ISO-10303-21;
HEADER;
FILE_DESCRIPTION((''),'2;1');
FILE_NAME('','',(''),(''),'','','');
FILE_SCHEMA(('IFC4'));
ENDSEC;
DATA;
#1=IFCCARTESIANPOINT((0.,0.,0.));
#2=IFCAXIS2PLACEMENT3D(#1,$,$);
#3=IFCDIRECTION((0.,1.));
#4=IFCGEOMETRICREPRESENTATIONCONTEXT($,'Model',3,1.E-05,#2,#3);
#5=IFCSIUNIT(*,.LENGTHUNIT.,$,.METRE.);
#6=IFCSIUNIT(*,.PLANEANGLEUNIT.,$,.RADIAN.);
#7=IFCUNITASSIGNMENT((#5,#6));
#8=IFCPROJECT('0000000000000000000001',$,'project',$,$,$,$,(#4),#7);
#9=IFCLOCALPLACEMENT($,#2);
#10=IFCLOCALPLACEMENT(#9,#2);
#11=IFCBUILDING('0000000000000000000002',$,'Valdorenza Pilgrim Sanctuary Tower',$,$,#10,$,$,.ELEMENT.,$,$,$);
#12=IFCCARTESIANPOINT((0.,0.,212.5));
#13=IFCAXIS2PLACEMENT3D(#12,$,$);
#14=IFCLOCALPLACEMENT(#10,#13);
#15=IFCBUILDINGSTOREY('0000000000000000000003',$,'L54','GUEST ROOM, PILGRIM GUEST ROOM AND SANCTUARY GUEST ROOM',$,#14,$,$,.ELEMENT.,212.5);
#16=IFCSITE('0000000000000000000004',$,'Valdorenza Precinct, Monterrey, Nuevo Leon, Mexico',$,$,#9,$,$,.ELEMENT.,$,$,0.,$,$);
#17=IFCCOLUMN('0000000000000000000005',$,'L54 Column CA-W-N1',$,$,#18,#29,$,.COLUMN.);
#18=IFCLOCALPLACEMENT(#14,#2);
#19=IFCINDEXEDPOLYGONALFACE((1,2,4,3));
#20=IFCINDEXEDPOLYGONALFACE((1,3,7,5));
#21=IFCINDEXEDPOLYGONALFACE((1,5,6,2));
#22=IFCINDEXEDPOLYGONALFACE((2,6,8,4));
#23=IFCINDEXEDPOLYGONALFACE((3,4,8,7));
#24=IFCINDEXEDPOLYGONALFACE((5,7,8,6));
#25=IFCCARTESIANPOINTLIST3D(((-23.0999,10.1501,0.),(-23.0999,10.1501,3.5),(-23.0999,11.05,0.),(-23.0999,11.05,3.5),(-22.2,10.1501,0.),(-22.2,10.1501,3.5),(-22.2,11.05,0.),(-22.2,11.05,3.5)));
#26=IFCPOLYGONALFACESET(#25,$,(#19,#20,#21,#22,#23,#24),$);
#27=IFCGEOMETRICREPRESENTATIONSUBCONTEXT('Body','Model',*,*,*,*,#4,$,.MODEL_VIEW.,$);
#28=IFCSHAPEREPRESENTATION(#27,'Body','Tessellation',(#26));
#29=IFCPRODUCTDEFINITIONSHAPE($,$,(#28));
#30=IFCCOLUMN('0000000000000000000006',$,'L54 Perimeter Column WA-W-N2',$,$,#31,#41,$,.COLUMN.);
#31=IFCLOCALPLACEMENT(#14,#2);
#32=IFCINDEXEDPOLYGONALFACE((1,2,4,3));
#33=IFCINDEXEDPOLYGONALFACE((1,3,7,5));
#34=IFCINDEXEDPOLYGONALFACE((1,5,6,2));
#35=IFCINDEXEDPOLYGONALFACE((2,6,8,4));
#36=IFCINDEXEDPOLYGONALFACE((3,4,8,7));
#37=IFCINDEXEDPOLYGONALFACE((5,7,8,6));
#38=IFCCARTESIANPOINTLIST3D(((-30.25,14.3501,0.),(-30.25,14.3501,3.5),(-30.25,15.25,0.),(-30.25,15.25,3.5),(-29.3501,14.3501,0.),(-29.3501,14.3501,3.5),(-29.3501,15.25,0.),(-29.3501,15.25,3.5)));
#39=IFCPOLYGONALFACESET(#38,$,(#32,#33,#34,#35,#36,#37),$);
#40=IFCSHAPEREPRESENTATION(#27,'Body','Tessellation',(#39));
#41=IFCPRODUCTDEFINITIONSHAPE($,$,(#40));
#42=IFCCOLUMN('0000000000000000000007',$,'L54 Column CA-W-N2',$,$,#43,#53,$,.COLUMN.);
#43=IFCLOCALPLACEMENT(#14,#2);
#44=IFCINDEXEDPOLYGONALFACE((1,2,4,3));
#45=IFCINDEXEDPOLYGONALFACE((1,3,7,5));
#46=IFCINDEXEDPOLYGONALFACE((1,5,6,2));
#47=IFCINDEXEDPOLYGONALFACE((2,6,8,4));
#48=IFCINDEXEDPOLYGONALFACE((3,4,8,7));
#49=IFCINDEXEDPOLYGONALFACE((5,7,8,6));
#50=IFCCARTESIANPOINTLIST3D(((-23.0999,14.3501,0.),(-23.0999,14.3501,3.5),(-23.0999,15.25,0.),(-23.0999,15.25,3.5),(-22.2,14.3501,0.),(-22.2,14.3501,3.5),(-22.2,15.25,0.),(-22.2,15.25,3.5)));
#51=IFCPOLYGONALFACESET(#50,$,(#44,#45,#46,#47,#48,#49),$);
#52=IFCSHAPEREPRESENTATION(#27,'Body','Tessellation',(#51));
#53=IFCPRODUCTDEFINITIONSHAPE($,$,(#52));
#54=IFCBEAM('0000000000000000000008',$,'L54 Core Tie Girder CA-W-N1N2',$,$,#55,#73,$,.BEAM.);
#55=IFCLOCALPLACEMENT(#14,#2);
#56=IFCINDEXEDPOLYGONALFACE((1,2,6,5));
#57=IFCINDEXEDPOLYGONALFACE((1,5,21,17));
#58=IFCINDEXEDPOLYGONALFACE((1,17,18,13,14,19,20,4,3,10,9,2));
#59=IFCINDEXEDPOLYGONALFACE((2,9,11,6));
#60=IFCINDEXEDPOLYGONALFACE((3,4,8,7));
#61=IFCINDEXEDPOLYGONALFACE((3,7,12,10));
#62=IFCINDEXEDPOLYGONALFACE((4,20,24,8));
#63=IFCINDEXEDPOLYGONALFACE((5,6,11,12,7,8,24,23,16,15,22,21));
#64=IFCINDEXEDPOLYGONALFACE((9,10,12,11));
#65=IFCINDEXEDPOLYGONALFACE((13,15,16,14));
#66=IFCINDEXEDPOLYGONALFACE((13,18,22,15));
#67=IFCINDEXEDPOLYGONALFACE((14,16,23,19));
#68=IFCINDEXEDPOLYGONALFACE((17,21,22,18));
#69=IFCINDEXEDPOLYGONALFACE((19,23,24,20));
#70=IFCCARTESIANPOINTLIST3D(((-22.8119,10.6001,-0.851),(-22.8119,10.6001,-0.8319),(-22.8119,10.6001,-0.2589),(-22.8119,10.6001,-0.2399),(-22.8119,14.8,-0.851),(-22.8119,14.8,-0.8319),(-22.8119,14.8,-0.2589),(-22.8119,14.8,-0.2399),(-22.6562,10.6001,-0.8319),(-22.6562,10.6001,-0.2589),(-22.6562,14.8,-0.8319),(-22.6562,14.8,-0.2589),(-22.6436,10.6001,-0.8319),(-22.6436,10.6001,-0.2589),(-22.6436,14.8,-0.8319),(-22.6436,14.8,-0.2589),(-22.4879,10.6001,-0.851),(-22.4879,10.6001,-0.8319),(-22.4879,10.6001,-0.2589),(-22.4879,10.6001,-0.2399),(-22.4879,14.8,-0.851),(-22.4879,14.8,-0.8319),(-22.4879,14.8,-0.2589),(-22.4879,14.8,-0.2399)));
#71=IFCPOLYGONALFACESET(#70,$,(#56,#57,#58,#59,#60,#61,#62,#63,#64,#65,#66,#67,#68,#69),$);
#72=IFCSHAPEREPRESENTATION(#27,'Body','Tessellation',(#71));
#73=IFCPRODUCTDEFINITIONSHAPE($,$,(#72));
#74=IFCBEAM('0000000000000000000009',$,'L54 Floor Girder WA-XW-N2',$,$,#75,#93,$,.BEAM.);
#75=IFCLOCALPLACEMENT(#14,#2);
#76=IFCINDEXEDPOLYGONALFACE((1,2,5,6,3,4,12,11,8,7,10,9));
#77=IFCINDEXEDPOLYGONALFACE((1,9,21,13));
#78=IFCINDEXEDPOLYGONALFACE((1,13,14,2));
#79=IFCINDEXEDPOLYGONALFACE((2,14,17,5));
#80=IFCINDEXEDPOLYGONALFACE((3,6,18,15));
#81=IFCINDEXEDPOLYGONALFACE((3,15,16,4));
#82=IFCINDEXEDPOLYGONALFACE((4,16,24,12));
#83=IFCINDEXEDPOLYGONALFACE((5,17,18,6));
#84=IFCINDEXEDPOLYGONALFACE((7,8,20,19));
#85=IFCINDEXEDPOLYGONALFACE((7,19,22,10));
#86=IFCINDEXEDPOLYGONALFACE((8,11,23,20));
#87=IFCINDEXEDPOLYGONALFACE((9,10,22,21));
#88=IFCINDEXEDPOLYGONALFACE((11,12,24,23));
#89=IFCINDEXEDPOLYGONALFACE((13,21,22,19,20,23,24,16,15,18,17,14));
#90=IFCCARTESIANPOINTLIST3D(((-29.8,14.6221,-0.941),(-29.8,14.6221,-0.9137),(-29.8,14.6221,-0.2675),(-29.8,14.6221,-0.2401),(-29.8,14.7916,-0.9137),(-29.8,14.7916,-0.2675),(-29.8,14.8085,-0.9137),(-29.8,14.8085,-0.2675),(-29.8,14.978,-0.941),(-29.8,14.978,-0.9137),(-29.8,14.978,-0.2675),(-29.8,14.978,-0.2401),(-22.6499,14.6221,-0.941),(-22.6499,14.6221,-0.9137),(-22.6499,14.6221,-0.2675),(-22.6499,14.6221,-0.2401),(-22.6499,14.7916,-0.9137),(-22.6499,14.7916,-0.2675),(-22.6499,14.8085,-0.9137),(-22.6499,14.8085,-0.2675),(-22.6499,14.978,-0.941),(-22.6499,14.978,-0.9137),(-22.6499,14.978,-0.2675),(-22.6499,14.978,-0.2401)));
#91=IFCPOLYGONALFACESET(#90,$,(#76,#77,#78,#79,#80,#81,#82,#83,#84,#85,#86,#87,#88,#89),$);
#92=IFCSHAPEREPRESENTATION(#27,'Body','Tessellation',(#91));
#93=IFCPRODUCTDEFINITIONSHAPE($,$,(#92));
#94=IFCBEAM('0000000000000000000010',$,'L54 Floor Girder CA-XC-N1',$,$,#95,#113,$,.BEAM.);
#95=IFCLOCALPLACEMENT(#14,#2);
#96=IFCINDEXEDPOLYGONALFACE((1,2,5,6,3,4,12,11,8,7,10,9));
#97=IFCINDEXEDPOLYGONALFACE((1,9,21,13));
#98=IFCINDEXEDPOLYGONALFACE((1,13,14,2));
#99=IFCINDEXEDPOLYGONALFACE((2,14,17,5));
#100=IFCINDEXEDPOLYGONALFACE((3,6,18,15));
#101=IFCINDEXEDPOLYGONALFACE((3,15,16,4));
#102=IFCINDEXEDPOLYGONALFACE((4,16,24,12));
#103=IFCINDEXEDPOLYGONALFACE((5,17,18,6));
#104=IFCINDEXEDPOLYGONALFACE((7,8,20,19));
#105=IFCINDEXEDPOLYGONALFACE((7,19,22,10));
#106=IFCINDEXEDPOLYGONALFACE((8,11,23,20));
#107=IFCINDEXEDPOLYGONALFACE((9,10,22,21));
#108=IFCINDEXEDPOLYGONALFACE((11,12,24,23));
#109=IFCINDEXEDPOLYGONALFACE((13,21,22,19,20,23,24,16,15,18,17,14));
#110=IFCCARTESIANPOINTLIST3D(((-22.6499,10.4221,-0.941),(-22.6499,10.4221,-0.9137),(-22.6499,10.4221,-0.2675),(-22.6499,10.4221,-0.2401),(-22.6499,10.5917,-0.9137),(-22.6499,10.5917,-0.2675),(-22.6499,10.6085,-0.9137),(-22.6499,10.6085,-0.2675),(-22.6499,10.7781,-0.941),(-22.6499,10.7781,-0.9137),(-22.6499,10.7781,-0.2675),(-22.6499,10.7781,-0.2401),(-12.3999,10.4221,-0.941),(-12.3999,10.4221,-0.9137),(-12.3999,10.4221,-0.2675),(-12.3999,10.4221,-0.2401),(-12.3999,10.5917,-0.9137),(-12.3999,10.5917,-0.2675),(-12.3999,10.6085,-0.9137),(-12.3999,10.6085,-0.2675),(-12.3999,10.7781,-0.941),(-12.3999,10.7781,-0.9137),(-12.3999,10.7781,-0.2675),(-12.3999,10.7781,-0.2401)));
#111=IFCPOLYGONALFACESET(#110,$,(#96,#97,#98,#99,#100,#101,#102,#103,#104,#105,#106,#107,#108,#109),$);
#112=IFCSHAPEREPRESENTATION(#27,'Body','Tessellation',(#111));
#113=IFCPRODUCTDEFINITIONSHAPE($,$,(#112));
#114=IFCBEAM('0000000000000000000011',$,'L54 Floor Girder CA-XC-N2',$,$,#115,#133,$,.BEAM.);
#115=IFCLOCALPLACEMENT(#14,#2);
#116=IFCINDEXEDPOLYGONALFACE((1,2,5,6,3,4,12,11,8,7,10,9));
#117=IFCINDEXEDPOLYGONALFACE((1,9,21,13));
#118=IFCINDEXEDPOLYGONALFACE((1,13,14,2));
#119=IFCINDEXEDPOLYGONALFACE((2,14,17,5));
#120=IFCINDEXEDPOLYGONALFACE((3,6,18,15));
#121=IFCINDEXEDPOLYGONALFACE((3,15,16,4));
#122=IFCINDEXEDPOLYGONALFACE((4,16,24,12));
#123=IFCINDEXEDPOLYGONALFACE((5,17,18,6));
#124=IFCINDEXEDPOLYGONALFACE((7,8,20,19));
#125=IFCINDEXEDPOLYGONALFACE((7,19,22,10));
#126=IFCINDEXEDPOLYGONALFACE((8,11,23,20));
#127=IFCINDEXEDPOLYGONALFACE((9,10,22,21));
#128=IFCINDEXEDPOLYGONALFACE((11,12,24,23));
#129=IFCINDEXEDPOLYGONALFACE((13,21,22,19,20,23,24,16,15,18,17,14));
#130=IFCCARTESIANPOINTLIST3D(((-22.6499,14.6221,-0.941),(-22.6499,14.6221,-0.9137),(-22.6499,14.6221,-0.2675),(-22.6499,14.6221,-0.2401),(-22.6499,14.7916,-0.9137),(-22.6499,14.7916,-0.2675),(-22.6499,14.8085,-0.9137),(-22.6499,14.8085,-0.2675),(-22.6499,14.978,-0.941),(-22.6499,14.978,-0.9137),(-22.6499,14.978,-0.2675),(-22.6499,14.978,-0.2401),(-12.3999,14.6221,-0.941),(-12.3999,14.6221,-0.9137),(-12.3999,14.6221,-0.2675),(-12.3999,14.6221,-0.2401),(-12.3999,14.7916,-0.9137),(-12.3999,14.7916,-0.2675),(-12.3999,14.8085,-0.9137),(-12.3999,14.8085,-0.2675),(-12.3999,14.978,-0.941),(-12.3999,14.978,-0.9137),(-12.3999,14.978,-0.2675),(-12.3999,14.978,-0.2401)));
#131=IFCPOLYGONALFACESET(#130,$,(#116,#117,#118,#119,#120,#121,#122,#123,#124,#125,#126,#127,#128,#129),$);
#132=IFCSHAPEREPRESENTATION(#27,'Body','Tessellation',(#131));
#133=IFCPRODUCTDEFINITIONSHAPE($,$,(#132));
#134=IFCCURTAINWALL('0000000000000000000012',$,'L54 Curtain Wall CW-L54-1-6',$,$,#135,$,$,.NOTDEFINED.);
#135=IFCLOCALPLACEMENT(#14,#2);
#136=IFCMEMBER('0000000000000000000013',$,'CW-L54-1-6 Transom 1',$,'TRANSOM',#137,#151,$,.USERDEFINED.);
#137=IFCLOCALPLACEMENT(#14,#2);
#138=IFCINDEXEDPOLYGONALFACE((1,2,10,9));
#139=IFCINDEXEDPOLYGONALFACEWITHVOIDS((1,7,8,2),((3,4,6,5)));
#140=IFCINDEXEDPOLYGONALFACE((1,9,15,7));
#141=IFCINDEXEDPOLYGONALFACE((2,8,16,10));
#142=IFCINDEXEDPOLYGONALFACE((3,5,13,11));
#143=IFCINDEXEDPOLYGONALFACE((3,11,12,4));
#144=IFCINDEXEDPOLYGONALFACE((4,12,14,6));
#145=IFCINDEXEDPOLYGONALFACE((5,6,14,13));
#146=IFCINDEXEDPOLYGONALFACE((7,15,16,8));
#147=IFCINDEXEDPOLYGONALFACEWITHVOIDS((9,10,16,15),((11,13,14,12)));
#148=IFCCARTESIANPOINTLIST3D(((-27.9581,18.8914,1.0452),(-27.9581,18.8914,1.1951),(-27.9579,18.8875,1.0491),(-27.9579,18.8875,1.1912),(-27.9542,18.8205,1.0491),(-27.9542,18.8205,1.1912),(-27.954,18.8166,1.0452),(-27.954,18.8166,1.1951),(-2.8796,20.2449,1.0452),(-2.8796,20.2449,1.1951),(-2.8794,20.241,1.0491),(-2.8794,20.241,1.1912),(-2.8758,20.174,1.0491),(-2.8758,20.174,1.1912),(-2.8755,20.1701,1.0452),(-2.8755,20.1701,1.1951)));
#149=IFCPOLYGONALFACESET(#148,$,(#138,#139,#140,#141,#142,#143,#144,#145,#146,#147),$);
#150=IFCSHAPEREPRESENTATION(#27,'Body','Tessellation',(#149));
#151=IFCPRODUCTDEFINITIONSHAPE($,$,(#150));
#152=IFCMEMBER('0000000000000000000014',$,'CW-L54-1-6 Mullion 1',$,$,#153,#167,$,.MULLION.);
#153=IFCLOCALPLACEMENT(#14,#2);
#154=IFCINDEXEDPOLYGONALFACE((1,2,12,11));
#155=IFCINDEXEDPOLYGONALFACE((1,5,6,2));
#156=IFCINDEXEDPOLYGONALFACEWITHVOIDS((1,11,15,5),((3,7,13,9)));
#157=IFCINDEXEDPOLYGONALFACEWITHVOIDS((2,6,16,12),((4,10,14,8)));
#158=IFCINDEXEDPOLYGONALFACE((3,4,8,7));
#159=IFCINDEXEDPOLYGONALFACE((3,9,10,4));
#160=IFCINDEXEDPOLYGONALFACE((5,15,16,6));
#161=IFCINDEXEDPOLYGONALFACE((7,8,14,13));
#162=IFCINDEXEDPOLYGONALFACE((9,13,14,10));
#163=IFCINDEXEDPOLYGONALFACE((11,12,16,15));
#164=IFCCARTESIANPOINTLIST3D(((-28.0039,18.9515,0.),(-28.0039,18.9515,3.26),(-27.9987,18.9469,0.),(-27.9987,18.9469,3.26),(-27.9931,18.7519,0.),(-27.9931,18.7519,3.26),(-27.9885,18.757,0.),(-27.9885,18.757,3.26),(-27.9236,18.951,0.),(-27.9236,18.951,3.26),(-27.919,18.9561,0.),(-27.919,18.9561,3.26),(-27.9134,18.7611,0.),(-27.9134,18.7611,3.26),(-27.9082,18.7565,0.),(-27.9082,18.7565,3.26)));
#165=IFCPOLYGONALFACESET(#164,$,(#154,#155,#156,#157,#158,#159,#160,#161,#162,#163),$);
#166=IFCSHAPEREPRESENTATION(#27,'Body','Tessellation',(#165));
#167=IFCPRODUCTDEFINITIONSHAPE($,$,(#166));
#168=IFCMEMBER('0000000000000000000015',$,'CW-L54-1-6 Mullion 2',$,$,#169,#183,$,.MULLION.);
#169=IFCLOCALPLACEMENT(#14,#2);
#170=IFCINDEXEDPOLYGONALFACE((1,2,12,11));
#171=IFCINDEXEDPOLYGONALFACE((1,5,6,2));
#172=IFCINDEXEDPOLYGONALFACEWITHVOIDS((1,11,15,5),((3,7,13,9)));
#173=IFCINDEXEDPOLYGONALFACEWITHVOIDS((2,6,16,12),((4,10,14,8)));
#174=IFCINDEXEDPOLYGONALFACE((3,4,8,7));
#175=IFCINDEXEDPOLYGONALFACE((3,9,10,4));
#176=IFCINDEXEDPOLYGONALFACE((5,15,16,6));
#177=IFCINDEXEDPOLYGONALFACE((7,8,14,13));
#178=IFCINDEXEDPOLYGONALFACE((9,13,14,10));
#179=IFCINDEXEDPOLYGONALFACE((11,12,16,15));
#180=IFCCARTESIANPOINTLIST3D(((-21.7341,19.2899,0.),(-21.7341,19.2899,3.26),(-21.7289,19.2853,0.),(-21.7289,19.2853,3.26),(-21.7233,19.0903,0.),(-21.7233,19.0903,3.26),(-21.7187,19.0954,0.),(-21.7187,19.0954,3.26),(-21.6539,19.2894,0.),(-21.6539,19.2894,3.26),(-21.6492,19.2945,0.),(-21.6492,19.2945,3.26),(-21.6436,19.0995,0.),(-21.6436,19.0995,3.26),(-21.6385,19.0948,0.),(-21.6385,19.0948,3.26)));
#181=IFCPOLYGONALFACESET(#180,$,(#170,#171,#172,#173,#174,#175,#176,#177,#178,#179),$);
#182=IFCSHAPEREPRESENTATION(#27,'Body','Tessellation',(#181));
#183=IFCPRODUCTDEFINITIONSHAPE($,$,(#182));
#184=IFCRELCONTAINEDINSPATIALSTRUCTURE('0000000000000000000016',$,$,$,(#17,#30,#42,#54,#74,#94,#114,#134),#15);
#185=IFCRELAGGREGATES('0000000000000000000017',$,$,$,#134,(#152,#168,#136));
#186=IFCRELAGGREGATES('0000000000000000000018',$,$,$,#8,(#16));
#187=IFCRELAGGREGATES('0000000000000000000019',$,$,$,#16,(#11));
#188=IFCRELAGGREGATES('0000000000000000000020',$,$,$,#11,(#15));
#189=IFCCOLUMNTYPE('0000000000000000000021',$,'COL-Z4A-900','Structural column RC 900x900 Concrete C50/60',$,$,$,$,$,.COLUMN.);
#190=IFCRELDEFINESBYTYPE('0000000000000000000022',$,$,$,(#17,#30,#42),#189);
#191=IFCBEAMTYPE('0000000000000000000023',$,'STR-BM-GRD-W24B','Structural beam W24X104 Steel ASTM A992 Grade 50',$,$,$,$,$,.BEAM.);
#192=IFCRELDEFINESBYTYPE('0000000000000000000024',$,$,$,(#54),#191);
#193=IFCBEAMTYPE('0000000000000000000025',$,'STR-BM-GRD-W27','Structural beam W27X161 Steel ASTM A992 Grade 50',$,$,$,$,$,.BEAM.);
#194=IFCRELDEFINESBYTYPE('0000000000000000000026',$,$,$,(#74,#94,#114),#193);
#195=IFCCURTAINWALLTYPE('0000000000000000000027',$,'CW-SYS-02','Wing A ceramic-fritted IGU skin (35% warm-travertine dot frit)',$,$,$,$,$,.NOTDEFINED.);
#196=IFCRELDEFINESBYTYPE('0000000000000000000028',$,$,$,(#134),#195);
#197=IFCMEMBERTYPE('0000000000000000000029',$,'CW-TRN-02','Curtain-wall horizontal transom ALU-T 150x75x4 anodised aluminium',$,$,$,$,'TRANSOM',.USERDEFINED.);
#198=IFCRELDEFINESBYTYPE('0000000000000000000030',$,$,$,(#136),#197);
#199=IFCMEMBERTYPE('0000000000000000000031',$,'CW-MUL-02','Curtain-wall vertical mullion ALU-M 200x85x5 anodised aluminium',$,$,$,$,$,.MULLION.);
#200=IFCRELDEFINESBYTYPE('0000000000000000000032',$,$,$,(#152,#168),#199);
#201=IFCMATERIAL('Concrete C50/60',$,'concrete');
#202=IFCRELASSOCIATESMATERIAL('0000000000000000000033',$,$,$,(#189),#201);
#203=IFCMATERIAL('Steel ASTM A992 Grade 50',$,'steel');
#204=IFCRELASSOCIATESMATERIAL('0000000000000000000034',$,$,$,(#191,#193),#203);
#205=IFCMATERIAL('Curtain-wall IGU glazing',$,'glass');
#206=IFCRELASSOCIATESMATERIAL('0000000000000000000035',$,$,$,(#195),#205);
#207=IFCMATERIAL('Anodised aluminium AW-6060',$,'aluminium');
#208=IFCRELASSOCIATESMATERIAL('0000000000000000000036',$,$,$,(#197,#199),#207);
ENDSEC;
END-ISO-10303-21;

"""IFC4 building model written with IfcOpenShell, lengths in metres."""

from ifc_helpers import new_model, si_unit, direction, frame, origin, origin_2d, place, context, subcontext, project, spatial, rectangle, hollow_rectangle, i_section, extrude, source, transform, mapped, material, material_profile, profile_set, type_object, element, aggregate, save


model = new_model("IFC4")

# Units and contexts
model_context = context("Model", 3, precision=1e-05, world=origin(), true_north=direction((0.0, 1.0)))
body_context = subcontext(model_context, "Body", "Model", "MODEL_VIEW")
ifc_project = project(units=[si_unit("LENGTHUNIT", "METRE"), si_unit("PLANEANGLEUNIT", "RADIAN")], contexts=[model_context])

# Site, building, storey
site_placement = place(None, origin())
site = spatial("IfcSite", under=ifc_project, at=site_placement, Name="Valdorenza Precinct, Monterrey, Nuevo Leon, Mexico", CompositionType="ELEMENT", RefElevation=0.0)
building_placement = place(site_placement, origin())
building = spatial("IfcBuilding", under=site, at=building_placement, Name="Valdorenza Pilgrim Sanctuary Tower", CompositionType="ELEMENT")
storey_placement = place(building_placement, frame((0.0, 0.0, 212.5)))
storey = spatial("IfcBuildingStorey", under=building, at=storey_placement, Name="L54", Description="GUEST ROOM, PILGRIM GUEST ROOM AND SANCTUARY GUEST ROOM", CompositionType="ELEMENT", Elevation=212.5)

# Columns
ifc_material_1 = material(Name="Concrete C50/60", Category="concrete")
ifc_material_profile_1 = material_profile(ifc_material_1, rectangle(XDim=0.8999, YDim=0.8999, at=origin_2d()), Name="RC 900x900")
ifc_profile_set_1 = profile_set([ifc_material_profile_1], Name="Concrete C50/60")
column_type = type_object("IfcColumnType", Name="COL-Z4A-900", Description="Structural column RC 900x900 Concrete C50/60", PredefinedType="COLUMN", material=ifc_profile_set_1)
shared_shape_1 = source(origin(), body_context, "Body", "SweptSolid", [
    extrude(rectangle(XDim=0.8999, YDim=0.8999, at=origin_2d()), origin(), (0.0, 0.0, 1.0), 3.5),
])
for number, where, z_axis, x_axis, name in (
    (1, (-22.6499, 10.6001, 0.0), (0.0, 0.0, 1.0), (1.0, 0.0, 0.0), "L54 Column CA-W-N1"),
    (2, (-29.8, 14.8, 0.0), (0.0, 0.0, 1.0), (1.0, 0.0, 0.0), "L54 Perimeter Column WA-W-N2"),
    (3, (-22.6499, 14.8, 0.0), (0.0, 0.0, 1.0), (1.0, 0.0, 0.0), "L54 Column CA-W-N2"),
):
    element("IfcColumn", number, at=place(storey_placement, frame(where, z_axis=z_axis, x_axis=x_axis)), inside=storey, type_object=column_type, Name=name, PredefinedType="COLUMN", context=body_context, shape_type="MappedRepresentation", body=[
        mapped(shared_shape_1, transform((0.0, 0.0, 0.0), x_axis=(1.0, 0.0, 0.0), y_axis=(0.0, 1.0, 0.0), z_axis=(0.0, 0.0, 1.0), scale=1.0)),
    ])

# Beams
ifc_material_2 = material(Name="Steel ASTM A992 Grade 50", Category="steel")
ifc_material_profile_2 = material_profile(ifc_material_2, i_section(OverallWidth=0.324, OverallDepth=0.6111, WebThickness=0.0127, FlangeThickness=0.019, at=origin_2d()), Name="W24X104")
ifc_profile_set_2 = profile_set([ifc_material_profile_2], Name="Steel ASTM A992 Grade 50")
beam_type_1 = type_object("IfcBeamType", Name="STR-BM-GRD-W24B", Description="Structural beam W24X104 Steel ASTM A992 Grade 50", PredefinedType="BEAM", material=ifc_profile_set_2)
shared_shape_2 = source(origin(), body_context, "Body", "SweptSolid", [
    extrude(i_section(OverallWidth=0.324, OverallDepth=0.6111, WebThickness=0.0127, FlangeThickness=0.019, at=origin_2d()), origin(), (0.0, 0.0, 1.0), 4.2),
])
beam_1_placement = place(storey_placement, frame((-22.6499, 10.6001, -0.5454), z_axis=(0.0, 1.0, 0.0), x_axis=(-1.0, 0.0, 0.0)))
element("IfcBeam", 4, at=beam_1_placement, inside=storey, type_object=beam_type_1, Name="L54 Core Tie Girder CA-W-N1N2", PredefinedType="BEAM", context=body_context, shape_type="MappedRepresentation", body=[
    mapped(shared_shape_2, transform((0.0, 0.0, 0.0), x_axis=(1.0, 0.0, 0.0), y_axis=(0.0, 1.0, 0.0), z_axis=(0.0, 0.0, 1.0), scale=1.0)),
])
ifc_material_profile_3 = material_profile(ifc_material_2, i_section(OverallWidth=0.356, OverallDepth=0.7009, WebThickness=0.0168, FlangeThickness=0.0273, at=origin_2d()), Name="W27X161")
ifc_profile_set_3 = profile_set([ifc_material_profile_3], Name="Steel ASTM A992 Grade 50")
beam_type_2 = type_object("IfcBeamType", Name="STR-BM-GRD-W27", Description="Structural beam W27X161 Steel ASTM A992 Grade 50", PredefinedType="BEAM", material=ifc_profile_set_3)
shared_shape_3 = source(origin(), body_context, "Body", "SweptSolid", [
    extrude(i_section(OverallWidth=0.356, OverallDepth=0.7009, WebThickness=0.0168, FlangeThickness=0.0273, at=origin_2d()), origin(), (0.0, 0.0, 1.0), 7.1501),
])
beam_2_placement = place(storey_placement, frame((-29.8, 14.8, -0.5906), z_axis=(1.0, 0.0, 0.0), x_axis=(0.0, 1.0, 0.0)))
element("IfcBeam", 5, at=beam_2_placement, inside=storey, type_object=beam_type_2, Name="L54 Floor Girder WA-XW-N2", PredefinedType="BEAM", context=body_context, shape_type="MappedRepresentation", body=[
    mapped(shared_shape_3, transform((0.0, 0.0, 0.0), x_axis=(1.0, 0.0, 0.0), y_axis=(0.0, 1.0, 0.0), z_axis=(0.0, 0.0, 1.0), scale=1.0)),
])
shared_shape_4 = source(origin(), body_context, "Body", "SweptSolid", [
    extrude(i_section(OverallWidth=0.356, OverallDepth=0.7009, WebThickness=0.0168, FlangeThickness=0.0273, at=origin_2d()), origin(), (0.0, 0.0, 1.0), 10.25),
])
for number, where, z_axis, x_axis, name in (
    (6, (-22.6499, 10.6001, -0.5906), (1.0, 0.0, 0.0), (0.0, 1.0, 0.0), "L54 Floor Girder CA-XC-N1"),
    (7, (-22.6499, 14.8, -0.5906), (1.0, 0.0, 0.0), (0.0, 1.0, 0.0), "L54 Floor Girder CA-XC-N2"),
):
    element("IfcBeam", number, at=place(storey_placement, frame(where, z_axis=z_axis, x_axis=x_axis)), inside=storey, type_object=beam_type_2, Name=name, PredefinedType="BEAM", context=body_context, shape_type="MappedRepresentation", body=[
        mapped(shared_shape_4, transform((0.0, 0.0, 0.0), x_axis=(1.0, 0.0, 0.0), y_axis=(0.0, 1.0, 0.0), z_axis=(0.0, 0.0, 1.0), scale=1.0)),
    ])

# Curtain wall, members
ifc_material_3 = material(Name="Curtain-wall IGU glazing", Category="glass")
curtain_wall_type = type_object("IfcCurtainWallType", Name="CW-SYS-02", Description="Wing A ceramic-fritted IGU skin (35% warm-travertine dot frit)", PredefinedType="NOTDEFINED", material=ifc_material_3)
curtain_wall_placement = place(storey_placement, origin())
curtain_wall = element("IfcCurtainWall", 8, at=curtain_wall_placement, inside=storey, type_object=curtain_wall_type, Name="L54 Curtain Wall CW-L54-1-6", PredefinedType="NOTDEFINED")
ifc_material_4 = material(Name="Anodised aluminium AW-6060", Category="aluminium")
ifc_material_profile_4 = material_profile(ifc_material_4, hollow_rectangle(XDim=0.075, YDim=0.1499, WallThickness=0.0039, at=origin_2d()), Name="ALU-T 150x75x4")
ifc_profile_set_4 = profile_set([ifc_material_profile_4], Name="Anodised aluminium AW-6060")
member_type_1 = type_object("IfcMemberType", Name="CW-TRN-02", Description="Curtain-wall horizontal transom ALU-T 150x75x4 anodised aluminium", ElementType="TRANSOM", PredefinedType="USERDEFINED", material=ifc_profile_set_4)
shared_shape_5 = source(origin(), body_context, "Body", "SweptSolid", [
    extrude(hollow_rectangle(XDim=0.075, YDim=0.1499, WallThickness=0.0039, at=origin_2d()), origin(), (0.0, 0.0, 1.0), 25.115),
])
member_1_placement = place(storey_placement, frame((-27.9561, 18.854, 1.1201), z_axis=(0.998547, 0.053893, 0.0), x_axis=(-0.053893, 0.998547, 0.0)))
member_1 = element("IfcMember", 9, at=member_1_placement, type_object=member_type_1, Name="CW-L54-1-6 Transom 1", ObjectType="TRANSOM", PredefinedType="USERDEFINED", context=body_context, shape_type="MappedRepresentation", body=[
    mapped(shared_shape_5, transform((0.0, 0.0, 0.0), x_axis=(1.0, 0.0, 0.0), y_axis=(0.0, 1.0, 0.0), z_axis=(0.0, 0.0, 1.0), scale=1.0)),
])
ifc_material_profile_5 = material_profile(ifc_material_4, hollow_rectangle(XDim=0.085, YDim=0.2, WallThickness=0.0049, at=origin_2d()), Name="ALU-M 200x85x5")
ifc_profile_set_5 = profile_set([ifc_material_profile_5], Name="Anodised aluminium AW-6060")
member_type_2 = type_object("IfcMemberType", Name="CW-MUL-02", Description="Curtain-wall vertical mullion ALU-M 200x85x5 anodised aluminium", PredefinedType="MULLION", material=ifc_profile_set_5)
shared_shape_6 = source(origin(), body_context, "Body", "SweptSolid", [
    extrude(hollow_rectangle(XDim=0.085, YDim=0.2, WallThickness=0.0049, at=origin_2d()), origin(), (0.0, 0.0, 1.0), 3.26),
])
member_2_placement = place(storey_placement, frame((-27.9561, 18.854, 0.0), z_axis=(0.0, 0.0, 1.0), x_axis=(0.998547, 0.053887, 0.0)))
member_2 = element("IfcMember", 10, at=member_2_placement, type_object=member_type_2, Name="CW-L54-1-6 Mullion 1", PredefinedType="MULLION", context=body_context, shape_type="MappedRepresentation", body=[
    mapped(shared_shape_6, transform((0.0, 0.0, 0.0), x_axis=(1.0, 0.0, 0.0), y_axis=(0.0, 1.0, 0.0), z_axis=(0.0, 0.0, 1.0), scale=1.0)),
])
member_3_placement = place(storey_placement, frame((-21.6863, 19.1924, 0.0), z_axis=(0.0, 0.0, 1.0), x_axis=(0.998547, 0.053887, 0.0)))
member_3 = element("IfcMember", 11, at=member_3_placement, type_object=member_type_2, Name="CW-L54-1-6 Mullion 2", PredefinedType="MULLION", context=body_context, shape_type="MappedRepresentation", body=[
    mapped(shared_shape_6, transform((0.0, 0.0, 0.0), x_axis=(1.0, 0.0, 0.0), y_axis=(0.0, 1.0, 0.0), z_axis=(0.0, 0.0, 1.0), scale=1.0)),
])
aggregate(curtain_wall, [member_2, member_3, member_1])

save(model, "model.ifc")
